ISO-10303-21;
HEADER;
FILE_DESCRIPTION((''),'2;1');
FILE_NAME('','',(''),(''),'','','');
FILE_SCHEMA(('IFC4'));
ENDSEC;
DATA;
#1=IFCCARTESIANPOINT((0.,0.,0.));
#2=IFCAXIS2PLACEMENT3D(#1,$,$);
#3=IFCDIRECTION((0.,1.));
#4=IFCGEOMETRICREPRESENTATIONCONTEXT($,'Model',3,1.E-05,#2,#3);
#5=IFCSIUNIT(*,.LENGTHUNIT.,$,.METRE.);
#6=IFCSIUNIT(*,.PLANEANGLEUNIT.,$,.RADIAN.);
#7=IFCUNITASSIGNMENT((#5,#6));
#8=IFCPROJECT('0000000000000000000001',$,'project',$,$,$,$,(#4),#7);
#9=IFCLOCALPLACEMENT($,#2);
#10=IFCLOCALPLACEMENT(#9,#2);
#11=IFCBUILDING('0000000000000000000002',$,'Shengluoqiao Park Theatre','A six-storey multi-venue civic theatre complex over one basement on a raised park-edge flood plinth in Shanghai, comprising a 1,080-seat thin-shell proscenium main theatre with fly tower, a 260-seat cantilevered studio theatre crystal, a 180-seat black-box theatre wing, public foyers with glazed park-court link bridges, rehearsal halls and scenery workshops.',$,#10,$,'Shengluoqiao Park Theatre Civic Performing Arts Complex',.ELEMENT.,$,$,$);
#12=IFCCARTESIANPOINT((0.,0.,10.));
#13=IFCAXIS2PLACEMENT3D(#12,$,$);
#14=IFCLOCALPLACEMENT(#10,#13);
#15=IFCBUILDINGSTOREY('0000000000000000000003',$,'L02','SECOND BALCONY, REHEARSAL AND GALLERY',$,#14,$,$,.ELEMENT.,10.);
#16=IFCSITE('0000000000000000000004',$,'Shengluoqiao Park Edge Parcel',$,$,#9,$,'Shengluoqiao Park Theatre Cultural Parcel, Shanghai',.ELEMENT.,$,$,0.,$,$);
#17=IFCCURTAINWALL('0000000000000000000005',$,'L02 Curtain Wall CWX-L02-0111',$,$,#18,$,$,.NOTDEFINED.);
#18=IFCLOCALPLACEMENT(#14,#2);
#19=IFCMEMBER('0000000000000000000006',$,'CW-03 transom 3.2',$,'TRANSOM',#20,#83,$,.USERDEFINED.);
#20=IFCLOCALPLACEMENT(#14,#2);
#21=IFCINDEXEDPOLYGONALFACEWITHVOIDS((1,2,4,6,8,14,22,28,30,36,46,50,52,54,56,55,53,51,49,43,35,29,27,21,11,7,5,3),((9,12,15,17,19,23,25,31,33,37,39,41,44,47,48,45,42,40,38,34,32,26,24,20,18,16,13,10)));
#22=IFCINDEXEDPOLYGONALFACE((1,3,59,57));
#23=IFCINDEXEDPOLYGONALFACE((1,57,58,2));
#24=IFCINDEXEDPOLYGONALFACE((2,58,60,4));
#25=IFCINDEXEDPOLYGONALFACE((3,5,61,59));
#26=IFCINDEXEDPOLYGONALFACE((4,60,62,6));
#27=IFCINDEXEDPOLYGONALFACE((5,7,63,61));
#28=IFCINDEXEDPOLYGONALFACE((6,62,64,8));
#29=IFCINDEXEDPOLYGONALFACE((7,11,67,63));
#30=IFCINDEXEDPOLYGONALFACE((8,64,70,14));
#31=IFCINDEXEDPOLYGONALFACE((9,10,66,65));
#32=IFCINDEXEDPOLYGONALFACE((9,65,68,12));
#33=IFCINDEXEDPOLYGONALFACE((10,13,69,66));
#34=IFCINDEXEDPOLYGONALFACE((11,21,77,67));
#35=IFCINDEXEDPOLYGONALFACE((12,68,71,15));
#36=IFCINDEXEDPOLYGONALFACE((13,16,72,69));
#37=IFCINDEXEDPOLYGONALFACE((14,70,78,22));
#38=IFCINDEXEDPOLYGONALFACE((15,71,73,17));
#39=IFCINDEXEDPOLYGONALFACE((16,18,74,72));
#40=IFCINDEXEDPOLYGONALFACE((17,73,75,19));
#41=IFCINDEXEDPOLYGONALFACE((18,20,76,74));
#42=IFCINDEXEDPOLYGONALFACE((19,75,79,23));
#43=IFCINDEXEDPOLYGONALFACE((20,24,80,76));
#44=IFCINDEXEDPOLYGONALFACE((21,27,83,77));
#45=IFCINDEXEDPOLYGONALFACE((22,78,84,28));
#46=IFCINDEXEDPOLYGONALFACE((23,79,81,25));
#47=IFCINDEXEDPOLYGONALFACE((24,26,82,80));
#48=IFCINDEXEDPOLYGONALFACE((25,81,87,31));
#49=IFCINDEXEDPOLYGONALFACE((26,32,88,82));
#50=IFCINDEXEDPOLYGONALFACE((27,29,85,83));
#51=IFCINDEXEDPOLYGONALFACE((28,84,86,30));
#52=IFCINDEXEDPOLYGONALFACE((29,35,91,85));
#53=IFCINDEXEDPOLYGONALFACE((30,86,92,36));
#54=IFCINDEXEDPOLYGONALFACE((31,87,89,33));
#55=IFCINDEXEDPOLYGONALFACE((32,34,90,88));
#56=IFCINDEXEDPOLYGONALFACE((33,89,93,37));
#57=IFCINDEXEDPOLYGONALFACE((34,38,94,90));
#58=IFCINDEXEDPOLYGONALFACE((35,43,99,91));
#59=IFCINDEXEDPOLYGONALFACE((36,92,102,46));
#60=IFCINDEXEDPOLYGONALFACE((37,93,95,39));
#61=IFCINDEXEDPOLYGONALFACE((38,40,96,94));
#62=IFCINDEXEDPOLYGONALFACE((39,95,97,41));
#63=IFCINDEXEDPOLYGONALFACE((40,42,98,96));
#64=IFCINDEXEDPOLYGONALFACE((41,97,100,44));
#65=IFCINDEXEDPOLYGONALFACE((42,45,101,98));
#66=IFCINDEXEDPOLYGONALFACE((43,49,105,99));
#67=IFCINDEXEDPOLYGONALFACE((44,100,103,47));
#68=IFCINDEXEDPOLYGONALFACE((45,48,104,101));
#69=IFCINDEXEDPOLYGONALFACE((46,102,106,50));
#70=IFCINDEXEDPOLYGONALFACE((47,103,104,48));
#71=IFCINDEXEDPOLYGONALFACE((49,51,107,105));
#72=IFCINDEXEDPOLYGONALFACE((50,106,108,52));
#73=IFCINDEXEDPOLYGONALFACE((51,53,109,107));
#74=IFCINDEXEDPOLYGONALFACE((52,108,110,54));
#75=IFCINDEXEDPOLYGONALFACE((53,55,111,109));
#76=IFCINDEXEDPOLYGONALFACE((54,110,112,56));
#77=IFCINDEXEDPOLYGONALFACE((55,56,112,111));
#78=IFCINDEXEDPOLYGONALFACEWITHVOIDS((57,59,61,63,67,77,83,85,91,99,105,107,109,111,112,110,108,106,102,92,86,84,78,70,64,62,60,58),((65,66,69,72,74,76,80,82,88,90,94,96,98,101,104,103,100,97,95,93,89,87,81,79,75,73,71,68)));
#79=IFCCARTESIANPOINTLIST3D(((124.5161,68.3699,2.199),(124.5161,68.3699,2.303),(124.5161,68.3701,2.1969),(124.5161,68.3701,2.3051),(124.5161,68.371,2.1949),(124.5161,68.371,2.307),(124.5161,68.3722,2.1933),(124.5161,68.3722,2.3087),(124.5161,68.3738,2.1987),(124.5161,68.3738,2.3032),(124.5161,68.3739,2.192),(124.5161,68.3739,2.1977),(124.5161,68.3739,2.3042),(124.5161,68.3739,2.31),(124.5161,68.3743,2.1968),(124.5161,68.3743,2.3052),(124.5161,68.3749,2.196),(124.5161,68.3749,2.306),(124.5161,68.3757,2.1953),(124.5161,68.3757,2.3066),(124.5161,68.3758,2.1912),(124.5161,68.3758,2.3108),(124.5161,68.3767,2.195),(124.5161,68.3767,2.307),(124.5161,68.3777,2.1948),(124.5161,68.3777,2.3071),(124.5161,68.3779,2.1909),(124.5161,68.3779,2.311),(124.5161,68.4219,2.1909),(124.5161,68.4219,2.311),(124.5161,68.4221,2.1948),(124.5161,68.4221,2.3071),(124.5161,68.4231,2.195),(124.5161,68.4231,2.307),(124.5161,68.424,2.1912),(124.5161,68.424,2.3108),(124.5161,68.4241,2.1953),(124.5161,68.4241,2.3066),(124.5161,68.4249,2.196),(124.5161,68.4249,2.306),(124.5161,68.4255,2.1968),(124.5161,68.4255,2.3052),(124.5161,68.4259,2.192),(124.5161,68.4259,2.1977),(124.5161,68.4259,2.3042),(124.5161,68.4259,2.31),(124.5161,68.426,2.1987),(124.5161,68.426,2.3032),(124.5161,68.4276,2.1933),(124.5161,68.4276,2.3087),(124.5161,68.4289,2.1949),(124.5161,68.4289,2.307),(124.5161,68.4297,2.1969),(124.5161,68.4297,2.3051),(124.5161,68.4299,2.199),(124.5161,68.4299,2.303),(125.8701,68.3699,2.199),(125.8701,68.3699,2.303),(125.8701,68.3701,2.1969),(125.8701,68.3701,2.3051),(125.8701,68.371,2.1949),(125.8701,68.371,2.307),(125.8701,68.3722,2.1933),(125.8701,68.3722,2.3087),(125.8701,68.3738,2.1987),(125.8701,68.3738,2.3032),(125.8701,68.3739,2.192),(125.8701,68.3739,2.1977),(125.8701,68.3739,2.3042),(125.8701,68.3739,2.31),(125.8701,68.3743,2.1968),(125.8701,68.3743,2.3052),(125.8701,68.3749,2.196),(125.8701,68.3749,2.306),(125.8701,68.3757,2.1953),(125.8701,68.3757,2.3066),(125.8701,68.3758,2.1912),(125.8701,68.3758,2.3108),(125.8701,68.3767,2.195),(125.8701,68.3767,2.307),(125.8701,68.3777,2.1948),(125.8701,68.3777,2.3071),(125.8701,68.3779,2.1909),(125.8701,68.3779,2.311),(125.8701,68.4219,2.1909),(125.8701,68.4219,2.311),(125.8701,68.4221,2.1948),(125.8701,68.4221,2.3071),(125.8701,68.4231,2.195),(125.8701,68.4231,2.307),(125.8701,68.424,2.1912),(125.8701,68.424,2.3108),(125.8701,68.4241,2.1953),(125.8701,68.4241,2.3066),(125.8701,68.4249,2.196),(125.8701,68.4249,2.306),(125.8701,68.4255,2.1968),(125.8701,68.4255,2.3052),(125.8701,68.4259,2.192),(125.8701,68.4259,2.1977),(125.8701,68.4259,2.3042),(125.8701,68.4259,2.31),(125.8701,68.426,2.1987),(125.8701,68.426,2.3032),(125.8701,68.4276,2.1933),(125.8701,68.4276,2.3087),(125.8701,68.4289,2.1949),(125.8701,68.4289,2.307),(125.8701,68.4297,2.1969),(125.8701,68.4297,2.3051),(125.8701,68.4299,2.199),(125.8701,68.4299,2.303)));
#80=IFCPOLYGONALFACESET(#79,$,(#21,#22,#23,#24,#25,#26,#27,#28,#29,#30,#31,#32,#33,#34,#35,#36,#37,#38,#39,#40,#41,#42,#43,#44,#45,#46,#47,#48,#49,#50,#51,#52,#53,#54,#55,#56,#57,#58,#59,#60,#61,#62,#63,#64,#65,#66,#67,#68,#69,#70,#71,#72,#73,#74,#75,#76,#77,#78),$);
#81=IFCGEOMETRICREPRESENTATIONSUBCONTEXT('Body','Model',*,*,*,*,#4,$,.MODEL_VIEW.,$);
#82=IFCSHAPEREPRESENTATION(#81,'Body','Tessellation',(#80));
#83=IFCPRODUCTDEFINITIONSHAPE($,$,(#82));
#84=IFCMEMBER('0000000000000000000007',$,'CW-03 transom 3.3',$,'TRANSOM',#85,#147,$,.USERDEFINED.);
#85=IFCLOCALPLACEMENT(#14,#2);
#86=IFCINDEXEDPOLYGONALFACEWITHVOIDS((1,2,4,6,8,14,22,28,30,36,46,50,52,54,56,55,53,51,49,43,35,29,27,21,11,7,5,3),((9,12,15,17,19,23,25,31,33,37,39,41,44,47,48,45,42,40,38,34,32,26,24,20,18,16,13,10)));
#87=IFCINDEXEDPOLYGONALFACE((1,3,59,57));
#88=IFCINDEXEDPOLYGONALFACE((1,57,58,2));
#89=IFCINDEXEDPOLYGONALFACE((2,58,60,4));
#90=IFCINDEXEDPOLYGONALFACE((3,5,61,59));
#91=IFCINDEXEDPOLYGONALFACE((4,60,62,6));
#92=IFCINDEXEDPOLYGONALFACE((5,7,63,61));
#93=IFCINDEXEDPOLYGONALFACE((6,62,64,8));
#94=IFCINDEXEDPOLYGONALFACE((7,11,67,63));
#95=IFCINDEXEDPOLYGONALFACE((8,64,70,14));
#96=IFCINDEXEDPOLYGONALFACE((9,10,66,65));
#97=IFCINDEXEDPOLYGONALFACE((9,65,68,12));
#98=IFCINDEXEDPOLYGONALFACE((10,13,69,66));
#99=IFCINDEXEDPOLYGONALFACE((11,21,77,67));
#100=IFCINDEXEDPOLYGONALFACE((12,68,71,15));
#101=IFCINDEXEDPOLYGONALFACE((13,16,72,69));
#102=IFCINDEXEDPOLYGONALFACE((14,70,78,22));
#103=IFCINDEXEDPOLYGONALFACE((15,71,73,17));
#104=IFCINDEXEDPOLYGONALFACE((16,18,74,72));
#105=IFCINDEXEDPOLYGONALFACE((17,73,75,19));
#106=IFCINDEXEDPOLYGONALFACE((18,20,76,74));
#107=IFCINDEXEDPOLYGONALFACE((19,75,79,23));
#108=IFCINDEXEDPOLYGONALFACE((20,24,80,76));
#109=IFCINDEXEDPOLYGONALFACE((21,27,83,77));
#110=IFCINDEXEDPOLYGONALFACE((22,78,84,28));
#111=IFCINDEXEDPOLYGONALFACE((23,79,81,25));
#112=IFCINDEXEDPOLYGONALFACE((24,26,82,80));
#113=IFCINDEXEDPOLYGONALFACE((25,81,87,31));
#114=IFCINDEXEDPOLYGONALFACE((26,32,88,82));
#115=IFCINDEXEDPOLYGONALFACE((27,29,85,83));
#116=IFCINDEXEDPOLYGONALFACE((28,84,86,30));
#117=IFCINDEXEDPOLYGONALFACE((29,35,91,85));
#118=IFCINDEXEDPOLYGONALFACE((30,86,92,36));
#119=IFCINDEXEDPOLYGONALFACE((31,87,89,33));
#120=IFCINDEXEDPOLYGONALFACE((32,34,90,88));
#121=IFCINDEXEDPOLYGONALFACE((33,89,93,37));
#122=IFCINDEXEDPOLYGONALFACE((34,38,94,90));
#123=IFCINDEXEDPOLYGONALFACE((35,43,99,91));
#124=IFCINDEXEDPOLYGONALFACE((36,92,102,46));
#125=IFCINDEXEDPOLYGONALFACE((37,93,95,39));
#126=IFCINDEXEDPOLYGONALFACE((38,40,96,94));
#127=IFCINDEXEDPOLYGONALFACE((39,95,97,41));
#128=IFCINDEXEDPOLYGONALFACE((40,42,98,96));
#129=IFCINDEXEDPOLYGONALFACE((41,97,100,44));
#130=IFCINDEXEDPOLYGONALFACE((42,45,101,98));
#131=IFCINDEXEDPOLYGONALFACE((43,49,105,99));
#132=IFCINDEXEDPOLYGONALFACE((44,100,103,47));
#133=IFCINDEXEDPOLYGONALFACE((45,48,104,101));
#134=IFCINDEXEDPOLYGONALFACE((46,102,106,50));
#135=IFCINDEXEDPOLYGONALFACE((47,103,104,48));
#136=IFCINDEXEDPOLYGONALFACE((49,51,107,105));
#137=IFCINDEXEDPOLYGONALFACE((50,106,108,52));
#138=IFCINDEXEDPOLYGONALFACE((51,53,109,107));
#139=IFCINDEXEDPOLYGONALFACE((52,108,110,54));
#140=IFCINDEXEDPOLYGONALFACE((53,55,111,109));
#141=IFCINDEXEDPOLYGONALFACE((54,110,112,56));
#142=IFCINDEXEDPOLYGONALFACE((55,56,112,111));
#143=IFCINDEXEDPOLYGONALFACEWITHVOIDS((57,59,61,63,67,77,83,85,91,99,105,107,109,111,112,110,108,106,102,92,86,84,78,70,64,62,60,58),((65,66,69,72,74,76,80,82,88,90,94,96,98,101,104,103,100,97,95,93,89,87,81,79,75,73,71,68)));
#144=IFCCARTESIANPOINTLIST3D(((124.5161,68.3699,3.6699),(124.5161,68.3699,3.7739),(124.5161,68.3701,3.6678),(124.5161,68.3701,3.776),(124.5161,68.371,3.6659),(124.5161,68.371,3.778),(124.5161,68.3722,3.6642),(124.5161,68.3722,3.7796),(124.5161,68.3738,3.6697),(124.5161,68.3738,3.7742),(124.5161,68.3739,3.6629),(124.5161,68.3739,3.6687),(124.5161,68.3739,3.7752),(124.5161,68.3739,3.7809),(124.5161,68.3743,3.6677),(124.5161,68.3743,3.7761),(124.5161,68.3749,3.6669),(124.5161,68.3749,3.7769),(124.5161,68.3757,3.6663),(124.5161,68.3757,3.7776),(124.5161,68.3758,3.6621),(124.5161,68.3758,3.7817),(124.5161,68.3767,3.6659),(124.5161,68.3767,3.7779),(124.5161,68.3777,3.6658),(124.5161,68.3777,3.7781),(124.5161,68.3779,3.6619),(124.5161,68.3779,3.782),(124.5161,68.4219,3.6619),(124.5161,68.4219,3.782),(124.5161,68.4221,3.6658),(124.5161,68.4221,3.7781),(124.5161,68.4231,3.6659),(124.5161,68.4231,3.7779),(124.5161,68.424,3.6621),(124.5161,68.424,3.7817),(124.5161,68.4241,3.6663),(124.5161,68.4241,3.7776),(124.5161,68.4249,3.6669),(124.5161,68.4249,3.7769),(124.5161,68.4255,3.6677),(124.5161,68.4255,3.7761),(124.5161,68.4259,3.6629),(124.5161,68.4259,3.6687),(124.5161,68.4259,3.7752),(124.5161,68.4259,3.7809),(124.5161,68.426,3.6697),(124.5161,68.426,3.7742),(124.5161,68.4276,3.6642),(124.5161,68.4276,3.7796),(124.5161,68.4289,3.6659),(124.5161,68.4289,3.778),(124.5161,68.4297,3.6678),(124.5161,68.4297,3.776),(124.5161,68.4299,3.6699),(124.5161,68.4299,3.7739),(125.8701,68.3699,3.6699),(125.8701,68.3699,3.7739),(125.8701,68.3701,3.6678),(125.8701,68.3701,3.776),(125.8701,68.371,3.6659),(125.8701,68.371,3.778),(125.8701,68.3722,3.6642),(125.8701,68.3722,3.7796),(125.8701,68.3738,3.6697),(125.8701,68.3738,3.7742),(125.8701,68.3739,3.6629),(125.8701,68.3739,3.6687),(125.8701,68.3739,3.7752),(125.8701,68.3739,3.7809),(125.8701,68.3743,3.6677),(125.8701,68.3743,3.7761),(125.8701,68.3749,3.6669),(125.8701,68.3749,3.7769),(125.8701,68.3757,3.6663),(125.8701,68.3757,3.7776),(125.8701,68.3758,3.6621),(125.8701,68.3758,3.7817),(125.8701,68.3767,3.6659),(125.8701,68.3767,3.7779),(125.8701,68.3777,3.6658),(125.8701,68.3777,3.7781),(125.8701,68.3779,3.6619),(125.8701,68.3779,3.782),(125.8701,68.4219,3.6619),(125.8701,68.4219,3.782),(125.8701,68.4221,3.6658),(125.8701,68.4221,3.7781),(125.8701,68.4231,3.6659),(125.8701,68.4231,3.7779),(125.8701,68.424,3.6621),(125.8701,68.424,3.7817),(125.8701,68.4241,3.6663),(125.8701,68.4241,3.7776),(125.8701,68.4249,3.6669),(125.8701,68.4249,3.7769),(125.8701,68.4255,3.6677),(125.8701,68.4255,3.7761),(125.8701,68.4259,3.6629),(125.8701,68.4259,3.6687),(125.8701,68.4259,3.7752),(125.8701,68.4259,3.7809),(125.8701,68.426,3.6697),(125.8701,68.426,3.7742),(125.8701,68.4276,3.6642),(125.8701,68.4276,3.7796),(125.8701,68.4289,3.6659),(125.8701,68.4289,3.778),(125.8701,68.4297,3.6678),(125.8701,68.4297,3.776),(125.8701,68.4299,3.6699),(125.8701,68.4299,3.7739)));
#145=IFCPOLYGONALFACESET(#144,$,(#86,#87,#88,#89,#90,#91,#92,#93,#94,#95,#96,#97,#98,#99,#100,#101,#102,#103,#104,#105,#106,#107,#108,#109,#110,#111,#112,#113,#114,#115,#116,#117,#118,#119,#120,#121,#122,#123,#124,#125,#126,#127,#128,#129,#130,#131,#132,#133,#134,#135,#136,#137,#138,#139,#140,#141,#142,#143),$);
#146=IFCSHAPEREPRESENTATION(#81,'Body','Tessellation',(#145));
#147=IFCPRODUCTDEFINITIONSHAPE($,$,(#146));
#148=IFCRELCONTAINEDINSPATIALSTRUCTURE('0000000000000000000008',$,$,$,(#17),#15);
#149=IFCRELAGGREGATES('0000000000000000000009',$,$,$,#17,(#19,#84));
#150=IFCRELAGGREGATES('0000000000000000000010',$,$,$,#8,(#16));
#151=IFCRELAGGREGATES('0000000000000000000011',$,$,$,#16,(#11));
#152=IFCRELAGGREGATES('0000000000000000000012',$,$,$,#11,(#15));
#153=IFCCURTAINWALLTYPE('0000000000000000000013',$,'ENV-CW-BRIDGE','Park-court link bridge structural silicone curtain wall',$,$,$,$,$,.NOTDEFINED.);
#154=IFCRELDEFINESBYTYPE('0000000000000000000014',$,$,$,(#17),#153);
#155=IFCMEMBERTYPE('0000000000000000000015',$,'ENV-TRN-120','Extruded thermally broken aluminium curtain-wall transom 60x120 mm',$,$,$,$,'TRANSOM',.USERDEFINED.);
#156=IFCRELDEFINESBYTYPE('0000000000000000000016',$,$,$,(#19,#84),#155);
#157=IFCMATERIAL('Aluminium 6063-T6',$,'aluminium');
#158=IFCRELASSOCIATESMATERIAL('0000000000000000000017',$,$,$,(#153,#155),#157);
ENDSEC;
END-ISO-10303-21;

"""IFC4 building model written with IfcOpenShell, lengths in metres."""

from ifc_helpers import new_model, si_unit, direction, frame, origin, origin_2d, place, context, subcontext, project, spatial, hollow_rectangle, extrude, material, material_profile, profile_set, type_object, element, aggregate, save


model = new_model("IFC4")

# Units and contexts
model_context = context("Model", 3, precision=1e-05, world=origin(), true_north=direction((0.0, 1.0)))
body_context = subcontext(model_context, "Body", "Model", "MODEL_VIEW")
ifc_project = project(units=[si_unit("LENGTHUNIT", "METRE"), si_unit("PLANEANGLEUNIT", "RADIAN")], contexts=[model_context])

# Site, building, storey
site_placement = place(None, origin())
site = spatial("IfcSite", under=ifc_project, at=site_placement, Name="Shengluoqiao Park Edge Parcel", LongName="Shengluoqiao Park Theatre Cultural Parcel, Shanghai", CompositionType="ELEMENT", RefElevation=0.0)
building_placement = place(site_placement, origin())
building = spatial("IfcBuilding", under=site, at=building_placement, Name="Shengluoqiao Park Theatre", Description="A six-storey multi-venue civic theatre complex over one basement on a raised park-edge flood plinth in Shanghai, comprising a 1,080-seat thin-shell proscenium main theatre with fly tower, a 260-seat cantilevered studio theatre crystal, a 180-seat black-box theatre wing, public foyers with glazed park-court link bridges, rehearsal halls and scenery workshops.", LongName="Shengluoqiao Park Theatre Civic Performing Arts Complex", CompositionType="ELEMENT")
storey_placement = place(building_placement, frame((0.0, 0.0, 10.0)))
storey = spatial("IfcBuildingStorey", under=building, at=storey_placement, Name="L02", Description="SECOND BALCONY, REHEARSAL AND GALLERY", CompositionType="ELEMENT", Elevation=10.0)

# Curtain wall, members
ifc_material_1 = material(Name="Aluminium 6063-T6", Category="aluminium")
curtain_wall_type = type_object("IfcCurtainWallType", Name="ENV-CW-BRIDGE", Description="Park-court link bridge structural silicone curtain wall", PredefinedType="NOTDEFINED", material=ifc_material_1)
curtain_wall_placement = place(storey_placement, origin())
curtain_wall = element("IfcCurtainWall", 1, at=curtain_wall_placement, inside=storey, type_object=curtain_wall_type, Name="L02 Curtain Wall CWX-L02-0111", PredefinedType="NOTDEFINED")
ifc_material_profile_1 = material_profile(ifc_material_1, hollow_rectangle(XDim=0.0601, YDim=0.1201, WallThickness=0.0039, InnerFilletRadius=0.0039, OuterFilletRadius=0.0081, at=origin_2d()), Name="ALU TRANSOM 120x60x4")
ifc_profile_set_1 = profile_set([ifc_material_profile_1], Name="Aluminium 6063-T6")
member_type_1 = type_object("IfcMemberType", Name="ENV-TRN-120", Description="Extruded thermally broken aluminium curtain-wall transom 60x120 mm", ElementType="TRANSOM", PredefinedType="USERDEFINED", material=ifc_profile_set_1)
member_1_placement = place(storey_placement, frame((124.5161, 68.3999, 2.251), z_axis=(1.0, 0.0, 0.0), x_axis=(0.0, 1.0, 0.0)))
member_1 = element("IfcMember", 2, at=member_1_placement, type_object=member_type_1, Name="CW-03 transom 3.2", ObjectType="TRANSOM", PredefinedType="USERDEFINED", context=body_context, shape_type="SweptSolid", body=[
    extrude(hollow_rectangle(XDim=0.0601, YDim=0.1201, WallThickness=0.0039, InnerFilletRadius=0.0039, OuterFilletRadius=0.0081, at=origin_2d()), origin(), (0.0, 0.0, 1.0), 1.354),
])
member_2_placement = place(storey_placement, frame((124.5161, 68.3999, 3.7219), z_axis=(1.0, 0.0, 0.0), x_axis=(0.0, 1.0, 0.0)))
member_2 = element("IfcMember", 3, at=member_2_placement, type_object=member_type_1, Name="CW-03 transom 3.3", ObjectType="TRANSOM", PredefinedType="USERDEFINED", context=body_context, shape_type="SweptSolid", body=[
    extrude(hollow_rectangle(XDim=0.0601, YDim=0.1201, WallThickness=0.0039, InnerFilletRadius=0.0039, OuterFilletRadius=0.0081, at=origin_2d()), origin(), (0.0, 0.0, 1.0), 1.354),
])

aggregate(curtain_wall, [member_1, member_2])

save(model, "model.ifc")
